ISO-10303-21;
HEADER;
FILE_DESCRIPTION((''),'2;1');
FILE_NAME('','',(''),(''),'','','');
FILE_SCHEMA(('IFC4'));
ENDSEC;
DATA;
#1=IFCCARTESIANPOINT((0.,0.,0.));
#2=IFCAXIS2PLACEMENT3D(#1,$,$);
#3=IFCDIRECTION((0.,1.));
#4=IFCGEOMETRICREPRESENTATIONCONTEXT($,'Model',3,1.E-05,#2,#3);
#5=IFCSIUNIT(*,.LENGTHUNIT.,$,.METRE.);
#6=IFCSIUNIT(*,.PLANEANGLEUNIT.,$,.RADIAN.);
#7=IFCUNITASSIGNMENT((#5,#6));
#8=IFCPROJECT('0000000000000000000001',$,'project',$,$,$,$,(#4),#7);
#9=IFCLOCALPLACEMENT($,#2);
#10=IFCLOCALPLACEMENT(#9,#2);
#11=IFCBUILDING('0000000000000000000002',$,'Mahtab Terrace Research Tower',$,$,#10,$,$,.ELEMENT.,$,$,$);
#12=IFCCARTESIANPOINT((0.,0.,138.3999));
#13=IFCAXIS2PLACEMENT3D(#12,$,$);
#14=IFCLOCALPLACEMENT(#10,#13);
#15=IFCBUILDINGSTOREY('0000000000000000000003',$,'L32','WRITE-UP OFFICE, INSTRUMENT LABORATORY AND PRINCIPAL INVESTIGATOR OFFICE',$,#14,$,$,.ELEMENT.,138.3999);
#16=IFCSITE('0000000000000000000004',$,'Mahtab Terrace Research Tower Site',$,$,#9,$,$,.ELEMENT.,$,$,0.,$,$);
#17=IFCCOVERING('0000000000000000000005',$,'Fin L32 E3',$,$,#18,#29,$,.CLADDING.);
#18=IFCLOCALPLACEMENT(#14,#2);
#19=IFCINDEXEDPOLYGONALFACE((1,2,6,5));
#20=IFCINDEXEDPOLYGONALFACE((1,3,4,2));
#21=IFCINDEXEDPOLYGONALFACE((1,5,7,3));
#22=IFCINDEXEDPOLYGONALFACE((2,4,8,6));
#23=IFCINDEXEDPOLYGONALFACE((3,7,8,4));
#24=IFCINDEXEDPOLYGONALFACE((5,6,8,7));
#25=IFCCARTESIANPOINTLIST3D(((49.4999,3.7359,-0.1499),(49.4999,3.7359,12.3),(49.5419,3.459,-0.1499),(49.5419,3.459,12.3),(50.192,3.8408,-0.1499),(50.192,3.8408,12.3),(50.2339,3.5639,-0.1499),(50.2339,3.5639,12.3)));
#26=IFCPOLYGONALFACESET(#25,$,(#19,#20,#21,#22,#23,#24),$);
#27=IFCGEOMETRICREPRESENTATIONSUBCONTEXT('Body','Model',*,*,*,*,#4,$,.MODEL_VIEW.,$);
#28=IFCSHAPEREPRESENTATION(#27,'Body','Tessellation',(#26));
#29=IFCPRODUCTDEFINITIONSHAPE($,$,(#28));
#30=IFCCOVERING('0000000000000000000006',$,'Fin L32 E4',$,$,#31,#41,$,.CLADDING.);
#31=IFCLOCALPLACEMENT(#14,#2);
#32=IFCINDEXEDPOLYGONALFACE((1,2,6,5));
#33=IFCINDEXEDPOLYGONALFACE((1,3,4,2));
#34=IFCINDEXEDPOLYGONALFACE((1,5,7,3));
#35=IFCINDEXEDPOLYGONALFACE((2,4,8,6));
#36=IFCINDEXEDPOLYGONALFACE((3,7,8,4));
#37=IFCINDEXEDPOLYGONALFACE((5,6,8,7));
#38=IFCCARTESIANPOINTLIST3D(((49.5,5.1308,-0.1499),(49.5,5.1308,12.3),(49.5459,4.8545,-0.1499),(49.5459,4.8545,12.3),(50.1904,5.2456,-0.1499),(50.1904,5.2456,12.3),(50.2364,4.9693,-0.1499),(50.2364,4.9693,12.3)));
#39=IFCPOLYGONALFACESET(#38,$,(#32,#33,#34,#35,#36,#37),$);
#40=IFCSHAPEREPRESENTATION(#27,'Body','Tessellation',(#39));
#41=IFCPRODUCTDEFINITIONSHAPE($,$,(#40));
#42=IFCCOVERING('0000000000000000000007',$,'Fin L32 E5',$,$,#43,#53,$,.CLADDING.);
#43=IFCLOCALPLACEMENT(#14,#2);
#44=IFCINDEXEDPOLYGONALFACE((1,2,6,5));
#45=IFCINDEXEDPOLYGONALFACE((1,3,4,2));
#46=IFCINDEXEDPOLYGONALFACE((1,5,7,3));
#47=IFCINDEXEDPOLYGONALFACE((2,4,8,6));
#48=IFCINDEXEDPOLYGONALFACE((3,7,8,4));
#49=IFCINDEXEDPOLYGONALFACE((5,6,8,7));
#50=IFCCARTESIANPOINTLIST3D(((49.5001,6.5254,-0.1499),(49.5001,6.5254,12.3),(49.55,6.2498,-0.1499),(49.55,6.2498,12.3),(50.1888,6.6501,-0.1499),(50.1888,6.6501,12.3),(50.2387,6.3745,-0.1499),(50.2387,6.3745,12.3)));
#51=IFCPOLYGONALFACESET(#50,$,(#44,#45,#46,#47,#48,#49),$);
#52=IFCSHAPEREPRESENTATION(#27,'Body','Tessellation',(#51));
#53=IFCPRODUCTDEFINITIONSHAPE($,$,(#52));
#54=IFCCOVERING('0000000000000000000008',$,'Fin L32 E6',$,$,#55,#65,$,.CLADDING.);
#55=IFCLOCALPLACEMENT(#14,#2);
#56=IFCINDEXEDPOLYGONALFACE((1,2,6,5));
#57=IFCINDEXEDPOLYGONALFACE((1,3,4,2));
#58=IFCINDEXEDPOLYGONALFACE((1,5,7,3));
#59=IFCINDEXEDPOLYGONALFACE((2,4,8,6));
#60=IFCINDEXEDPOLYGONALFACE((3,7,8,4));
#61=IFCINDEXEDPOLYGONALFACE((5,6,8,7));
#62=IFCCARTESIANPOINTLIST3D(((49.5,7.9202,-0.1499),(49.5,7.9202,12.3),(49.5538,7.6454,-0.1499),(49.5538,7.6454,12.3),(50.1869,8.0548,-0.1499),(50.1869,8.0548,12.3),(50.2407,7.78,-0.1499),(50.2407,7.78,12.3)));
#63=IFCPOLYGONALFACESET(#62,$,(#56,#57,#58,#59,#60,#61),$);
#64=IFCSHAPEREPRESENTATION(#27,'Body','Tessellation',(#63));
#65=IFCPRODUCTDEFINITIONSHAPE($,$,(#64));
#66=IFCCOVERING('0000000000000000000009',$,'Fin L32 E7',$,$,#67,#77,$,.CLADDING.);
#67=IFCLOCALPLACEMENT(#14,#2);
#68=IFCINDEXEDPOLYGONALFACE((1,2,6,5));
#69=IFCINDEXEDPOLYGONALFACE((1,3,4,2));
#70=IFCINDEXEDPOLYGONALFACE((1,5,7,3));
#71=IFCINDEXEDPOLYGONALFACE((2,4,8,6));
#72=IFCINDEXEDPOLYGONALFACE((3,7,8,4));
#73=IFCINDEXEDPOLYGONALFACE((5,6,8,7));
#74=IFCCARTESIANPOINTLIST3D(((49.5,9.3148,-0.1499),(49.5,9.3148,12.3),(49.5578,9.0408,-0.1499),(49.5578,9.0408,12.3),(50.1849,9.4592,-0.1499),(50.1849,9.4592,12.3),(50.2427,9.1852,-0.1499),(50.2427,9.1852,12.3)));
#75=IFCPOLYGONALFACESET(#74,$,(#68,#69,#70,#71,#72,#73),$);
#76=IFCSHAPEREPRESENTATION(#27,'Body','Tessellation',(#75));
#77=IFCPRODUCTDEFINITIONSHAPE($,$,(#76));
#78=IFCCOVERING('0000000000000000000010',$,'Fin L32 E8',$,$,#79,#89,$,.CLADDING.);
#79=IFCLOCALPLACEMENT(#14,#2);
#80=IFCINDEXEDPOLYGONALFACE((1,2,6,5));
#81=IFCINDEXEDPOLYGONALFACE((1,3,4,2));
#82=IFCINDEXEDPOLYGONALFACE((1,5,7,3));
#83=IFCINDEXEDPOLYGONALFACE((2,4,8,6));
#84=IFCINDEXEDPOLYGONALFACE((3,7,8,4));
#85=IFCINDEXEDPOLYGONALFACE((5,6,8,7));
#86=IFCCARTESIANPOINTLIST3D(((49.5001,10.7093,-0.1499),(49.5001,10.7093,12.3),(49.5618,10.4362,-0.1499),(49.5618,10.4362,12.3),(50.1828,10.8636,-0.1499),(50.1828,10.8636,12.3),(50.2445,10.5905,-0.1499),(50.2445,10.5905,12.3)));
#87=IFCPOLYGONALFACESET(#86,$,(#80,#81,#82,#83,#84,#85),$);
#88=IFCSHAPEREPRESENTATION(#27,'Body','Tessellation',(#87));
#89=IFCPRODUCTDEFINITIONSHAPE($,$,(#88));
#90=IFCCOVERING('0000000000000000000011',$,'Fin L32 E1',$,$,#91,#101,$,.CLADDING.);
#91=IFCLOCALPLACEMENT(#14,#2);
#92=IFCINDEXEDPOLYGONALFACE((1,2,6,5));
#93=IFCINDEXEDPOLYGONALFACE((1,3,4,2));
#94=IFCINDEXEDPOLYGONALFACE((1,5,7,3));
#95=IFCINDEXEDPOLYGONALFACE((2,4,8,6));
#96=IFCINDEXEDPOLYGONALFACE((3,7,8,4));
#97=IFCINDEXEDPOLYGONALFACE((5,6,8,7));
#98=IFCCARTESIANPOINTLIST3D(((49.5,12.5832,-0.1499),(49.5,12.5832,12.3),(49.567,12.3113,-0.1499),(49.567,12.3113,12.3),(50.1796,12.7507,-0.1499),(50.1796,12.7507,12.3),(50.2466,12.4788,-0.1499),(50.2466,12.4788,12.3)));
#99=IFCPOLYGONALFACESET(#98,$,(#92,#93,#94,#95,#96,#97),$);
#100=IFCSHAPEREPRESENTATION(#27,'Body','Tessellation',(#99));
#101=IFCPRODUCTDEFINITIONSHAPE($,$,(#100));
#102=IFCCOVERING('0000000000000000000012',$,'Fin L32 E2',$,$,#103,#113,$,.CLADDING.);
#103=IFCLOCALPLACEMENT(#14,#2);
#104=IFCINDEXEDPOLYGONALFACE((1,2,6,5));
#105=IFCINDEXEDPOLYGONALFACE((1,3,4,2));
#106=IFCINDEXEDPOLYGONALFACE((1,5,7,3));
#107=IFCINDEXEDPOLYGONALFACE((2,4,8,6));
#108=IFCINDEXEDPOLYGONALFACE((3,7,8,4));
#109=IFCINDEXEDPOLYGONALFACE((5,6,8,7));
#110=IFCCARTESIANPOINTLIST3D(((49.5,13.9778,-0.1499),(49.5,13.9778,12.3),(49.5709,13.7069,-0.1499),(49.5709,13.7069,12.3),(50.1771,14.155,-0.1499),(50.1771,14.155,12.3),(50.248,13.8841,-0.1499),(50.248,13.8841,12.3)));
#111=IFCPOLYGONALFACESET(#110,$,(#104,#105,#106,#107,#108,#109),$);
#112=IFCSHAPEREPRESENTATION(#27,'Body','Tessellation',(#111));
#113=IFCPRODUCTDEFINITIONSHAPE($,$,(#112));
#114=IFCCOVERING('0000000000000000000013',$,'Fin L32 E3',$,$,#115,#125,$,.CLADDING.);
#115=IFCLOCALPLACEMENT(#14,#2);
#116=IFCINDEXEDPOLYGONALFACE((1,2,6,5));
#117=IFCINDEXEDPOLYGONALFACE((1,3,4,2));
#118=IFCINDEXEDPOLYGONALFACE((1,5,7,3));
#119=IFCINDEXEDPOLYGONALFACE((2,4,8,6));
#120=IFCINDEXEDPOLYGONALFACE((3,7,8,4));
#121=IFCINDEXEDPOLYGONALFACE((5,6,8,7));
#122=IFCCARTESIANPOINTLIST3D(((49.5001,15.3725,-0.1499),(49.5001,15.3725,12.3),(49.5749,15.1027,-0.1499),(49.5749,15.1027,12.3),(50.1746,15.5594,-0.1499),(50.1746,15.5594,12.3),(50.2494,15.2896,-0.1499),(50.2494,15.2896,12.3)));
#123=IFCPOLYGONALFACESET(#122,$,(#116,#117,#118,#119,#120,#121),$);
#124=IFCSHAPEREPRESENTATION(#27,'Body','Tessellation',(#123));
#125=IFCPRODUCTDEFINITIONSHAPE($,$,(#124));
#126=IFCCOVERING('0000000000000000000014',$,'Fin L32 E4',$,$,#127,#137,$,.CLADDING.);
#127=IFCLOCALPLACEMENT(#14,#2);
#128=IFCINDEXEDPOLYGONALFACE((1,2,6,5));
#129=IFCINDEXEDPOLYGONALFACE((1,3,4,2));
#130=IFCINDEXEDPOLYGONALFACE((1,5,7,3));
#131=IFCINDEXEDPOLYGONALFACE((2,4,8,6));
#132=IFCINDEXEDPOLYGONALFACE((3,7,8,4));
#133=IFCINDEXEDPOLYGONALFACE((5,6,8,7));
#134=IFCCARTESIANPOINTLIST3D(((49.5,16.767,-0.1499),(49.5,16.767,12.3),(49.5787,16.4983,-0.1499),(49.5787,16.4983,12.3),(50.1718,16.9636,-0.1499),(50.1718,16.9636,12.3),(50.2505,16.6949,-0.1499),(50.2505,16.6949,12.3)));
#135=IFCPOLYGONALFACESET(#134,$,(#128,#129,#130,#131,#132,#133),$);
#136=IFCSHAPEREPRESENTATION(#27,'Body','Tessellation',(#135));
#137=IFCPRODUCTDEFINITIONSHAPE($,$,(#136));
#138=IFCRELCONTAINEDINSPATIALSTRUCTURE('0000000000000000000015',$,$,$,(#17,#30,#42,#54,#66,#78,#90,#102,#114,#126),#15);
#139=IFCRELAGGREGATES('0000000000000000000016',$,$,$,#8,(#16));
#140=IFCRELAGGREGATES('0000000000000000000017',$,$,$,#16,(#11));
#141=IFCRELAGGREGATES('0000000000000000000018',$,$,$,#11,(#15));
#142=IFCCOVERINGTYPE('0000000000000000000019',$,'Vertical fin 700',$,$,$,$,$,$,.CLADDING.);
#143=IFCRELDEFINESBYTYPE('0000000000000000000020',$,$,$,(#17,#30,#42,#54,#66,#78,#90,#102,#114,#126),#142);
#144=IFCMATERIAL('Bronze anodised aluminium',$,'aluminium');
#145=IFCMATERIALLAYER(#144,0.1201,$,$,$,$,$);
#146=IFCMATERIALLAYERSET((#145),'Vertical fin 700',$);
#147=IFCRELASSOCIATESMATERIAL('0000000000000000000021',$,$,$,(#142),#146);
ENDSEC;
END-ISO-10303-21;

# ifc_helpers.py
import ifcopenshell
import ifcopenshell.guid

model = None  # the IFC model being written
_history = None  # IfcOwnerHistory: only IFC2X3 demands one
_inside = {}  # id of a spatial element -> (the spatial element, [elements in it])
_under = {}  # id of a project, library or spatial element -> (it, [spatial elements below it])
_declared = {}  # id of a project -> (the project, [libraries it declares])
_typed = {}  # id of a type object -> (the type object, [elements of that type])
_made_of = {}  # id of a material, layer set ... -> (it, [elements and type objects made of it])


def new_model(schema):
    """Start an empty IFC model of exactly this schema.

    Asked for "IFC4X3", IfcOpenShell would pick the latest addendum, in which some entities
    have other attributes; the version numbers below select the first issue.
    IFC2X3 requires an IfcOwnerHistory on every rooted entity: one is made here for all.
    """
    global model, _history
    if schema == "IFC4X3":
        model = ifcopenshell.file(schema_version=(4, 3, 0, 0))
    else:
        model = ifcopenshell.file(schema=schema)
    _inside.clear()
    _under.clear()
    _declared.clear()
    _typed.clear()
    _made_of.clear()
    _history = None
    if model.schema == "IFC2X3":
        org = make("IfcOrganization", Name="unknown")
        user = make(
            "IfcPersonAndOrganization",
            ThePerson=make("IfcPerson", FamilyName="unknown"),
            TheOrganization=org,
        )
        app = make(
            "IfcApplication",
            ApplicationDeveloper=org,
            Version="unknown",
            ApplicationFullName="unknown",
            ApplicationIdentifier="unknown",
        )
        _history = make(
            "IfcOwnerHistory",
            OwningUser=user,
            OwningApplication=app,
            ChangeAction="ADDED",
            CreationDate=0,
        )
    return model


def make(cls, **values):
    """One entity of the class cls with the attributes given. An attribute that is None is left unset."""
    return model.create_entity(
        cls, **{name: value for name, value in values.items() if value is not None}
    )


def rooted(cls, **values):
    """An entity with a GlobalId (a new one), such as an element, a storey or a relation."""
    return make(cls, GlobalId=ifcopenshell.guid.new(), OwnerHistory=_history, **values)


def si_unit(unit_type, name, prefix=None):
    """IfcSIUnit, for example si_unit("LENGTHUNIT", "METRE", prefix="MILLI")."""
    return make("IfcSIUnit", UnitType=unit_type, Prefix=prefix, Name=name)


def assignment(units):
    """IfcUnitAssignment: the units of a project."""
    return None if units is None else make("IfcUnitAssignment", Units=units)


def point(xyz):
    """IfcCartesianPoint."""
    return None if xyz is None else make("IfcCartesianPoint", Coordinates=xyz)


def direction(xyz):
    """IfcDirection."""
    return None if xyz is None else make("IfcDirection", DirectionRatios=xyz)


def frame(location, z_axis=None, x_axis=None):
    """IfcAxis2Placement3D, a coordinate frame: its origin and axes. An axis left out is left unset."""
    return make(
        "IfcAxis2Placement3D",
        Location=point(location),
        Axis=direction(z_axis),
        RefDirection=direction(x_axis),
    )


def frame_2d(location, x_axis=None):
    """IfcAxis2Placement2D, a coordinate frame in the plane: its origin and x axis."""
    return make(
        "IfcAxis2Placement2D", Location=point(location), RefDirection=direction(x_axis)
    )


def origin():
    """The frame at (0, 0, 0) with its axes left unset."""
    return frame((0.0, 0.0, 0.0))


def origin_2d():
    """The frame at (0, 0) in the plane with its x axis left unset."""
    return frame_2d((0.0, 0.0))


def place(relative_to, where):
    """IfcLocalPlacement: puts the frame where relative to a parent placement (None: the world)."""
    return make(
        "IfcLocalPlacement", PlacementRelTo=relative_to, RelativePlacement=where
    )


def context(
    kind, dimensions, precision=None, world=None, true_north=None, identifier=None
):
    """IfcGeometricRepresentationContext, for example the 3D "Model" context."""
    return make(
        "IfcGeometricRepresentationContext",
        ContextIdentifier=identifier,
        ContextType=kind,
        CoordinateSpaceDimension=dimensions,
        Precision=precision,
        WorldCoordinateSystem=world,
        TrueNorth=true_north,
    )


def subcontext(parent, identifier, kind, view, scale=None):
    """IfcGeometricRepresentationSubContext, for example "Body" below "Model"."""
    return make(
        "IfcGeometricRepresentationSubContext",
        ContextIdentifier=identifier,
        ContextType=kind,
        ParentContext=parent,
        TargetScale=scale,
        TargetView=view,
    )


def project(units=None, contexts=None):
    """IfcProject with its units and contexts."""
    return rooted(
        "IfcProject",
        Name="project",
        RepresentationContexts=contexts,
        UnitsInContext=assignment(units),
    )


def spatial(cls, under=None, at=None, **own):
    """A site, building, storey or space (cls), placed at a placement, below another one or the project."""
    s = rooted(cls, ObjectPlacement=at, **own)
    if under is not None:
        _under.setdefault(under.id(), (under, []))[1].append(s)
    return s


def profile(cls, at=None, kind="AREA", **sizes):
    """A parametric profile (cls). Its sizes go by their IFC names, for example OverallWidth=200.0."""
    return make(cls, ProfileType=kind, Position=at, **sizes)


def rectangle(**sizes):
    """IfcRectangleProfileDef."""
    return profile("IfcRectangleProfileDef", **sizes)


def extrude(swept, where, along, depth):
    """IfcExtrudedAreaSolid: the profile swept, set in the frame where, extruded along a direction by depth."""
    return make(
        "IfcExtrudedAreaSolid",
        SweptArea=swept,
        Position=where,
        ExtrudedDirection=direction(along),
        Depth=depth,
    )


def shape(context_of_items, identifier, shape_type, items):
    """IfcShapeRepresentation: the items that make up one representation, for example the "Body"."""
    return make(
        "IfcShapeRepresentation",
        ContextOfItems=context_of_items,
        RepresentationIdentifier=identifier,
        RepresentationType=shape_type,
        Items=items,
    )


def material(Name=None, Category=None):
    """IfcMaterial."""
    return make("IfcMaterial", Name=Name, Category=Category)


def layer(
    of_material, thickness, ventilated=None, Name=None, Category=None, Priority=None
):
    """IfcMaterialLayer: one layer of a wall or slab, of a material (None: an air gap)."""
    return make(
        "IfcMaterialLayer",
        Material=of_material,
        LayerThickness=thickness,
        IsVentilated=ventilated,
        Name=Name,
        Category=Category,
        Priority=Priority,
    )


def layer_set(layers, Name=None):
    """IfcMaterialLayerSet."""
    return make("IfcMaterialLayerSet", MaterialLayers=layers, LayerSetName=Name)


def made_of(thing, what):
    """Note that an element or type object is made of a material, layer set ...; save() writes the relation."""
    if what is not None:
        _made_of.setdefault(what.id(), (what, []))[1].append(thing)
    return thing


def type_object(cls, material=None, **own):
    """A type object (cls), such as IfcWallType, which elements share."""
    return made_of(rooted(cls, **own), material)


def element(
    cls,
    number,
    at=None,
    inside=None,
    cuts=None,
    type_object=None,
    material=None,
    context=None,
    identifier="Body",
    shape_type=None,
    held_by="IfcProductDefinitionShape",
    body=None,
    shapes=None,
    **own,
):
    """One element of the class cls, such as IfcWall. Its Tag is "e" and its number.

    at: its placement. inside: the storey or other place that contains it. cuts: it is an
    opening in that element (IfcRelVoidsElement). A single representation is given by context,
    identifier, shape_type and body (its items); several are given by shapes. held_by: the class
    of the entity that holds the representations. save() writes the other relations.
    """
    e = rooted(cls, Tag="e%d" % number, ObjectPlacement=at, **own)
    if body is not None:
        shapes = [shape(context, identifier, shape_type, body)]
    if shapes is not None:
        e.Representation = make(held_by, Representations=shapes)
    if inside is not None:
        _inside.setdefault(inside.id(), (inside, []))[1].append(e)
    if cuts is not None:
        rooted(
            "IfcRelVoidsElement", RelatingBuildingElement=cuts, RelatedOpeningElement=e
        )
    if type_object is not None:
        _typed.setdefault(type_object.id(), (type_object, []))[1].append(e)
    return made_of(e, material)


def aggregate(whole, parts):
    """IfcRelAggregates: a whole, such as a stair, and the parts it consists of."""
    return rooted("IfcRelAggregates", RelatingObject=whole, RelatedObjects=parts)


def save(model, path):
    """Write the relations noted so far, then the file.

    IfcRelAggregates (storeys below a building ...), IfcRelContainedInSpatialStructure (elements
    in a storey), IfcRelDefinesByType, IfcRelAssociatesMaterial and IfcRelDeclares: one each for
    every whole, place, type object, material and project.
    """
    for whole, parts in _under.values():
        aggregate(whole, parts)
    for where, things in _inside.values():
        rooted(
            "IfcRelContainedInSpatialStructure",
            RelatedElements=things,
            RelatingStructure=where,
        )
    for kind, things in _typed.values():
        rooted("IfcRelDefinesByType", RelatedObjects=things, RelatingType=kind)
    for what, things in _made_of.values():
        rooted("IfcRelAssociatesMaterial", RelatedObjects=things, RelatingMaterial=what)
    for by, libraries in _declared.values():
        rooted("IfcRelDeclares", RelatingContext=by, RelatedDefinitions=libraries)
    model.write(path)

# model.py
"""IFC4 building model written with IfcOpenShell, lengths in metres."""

from ifc_helpers import new_model, si_unit, direction, frame, origin, origin_2d, place, context, subcontext, project, spatial, rectangle, extrude, material, layer, layer_set, type_object, element, save


model = new_model("IFC4")

# Units and contexts
model_context = context("Model", 3, precision=1e-05, world=origin(), true_north=direction((0.0, 1.0)))
body_context = subcontext(model_context, "Body", "Model", "MODEL_VIEW")
ifc_project = project(units=[si_unit("LENGTHUNIT", "METRE"), si_unit("PLANEANGLEUNIT", "RADIAN")], contexts=[model_context])

# Site, building, storey
site_placement = place(None, origin())
site = spatial("IfcSite", under=ifc_project, at=site_placement, Name="Mahtab Terrace Research Tower Site", CompositionType="ELEMENT", RefElevation=0.0)
building_placement = place(site_placement, origin())
building = spatial("IfcBuilding", under=site, at=building_placement, Name="Mahtab Terrace Research Tower", CompositionType="ELEMENT")
storey_placement = place(building_placement, frame((0.0, 0.0, 138.3999)))
storey = spatial("IfcBuildingStorey", under=building, at=storey_placement, Name="L32", Description="WRITE-UP OFFICE, INSTRUMENT LABORATORY AND PRINCIPAL INVESTIGATOR OFFICE", CompositionType="ELEMENT", Elevation=138.3999)

# Coverings
ifc_material_1 = material(Name="Bronze anodised aluminium", Category="aluminium")
ifc_layer_1 = layer(ifc_material_1, 0.1201)
ifc_layer_set_1 = layer_set([ifc_layer_1], Name="Vertical fin 700")
covering_type = type_object("IfcCoveringType", Name="Vertical fin 700", PredefinedType="CLADDING", material=ifc_layer_set_1)
for number, where, z_axis, x_axis, name in (
    (1, (49.8669, 3.6499, -0.1499), (0.0, 0.0, 1.0), (-0.14984, 0.98871, 0.0), "Fin L32 E3"),
    (2, (49.8682, 5.05, -0.1499), (0.0, 0.0, 1.0), (-0.164035, 0.986455, 0.0), "Fin L32 E4"),
    (3, (49.8694, 6.45, -0.1499), (0.0, 0.0, 1.0), (-0.178196, 0.983995, 0.0), "Fin L32 E5"),
    (4, (49.8704, 7.8501, -0.1499), (0.0, 0.0, 1.0), (-0.19232, 0.981332, 0.0), "Fin L32 E6"),
    (5, (49.8713, 9.25, -0.1499), (0.0, 0.0, 1.0), (-0.206405, 0.978467, 0.0), "Fin L32 E7"),
    (6, (49.8723, 10.6499, -0.1499), (0.0, 0.0, 1.0), (-0.220447, 0.975399, 0.0), "Fin L32 E8"),
    (7, (49.8733, 12.531, -0.1499), (0.0, 0.0, 1.0), (-0.239241, 0.97096, 0.0), "Fin L32 E1"),
    (8, (49.874, 13.9309, -0.1499), (0.0, 0.0, 1.0), (-0.253172, 0.967421, 0.0), "Fin L32 E2"),
    (9, (49.8748, 15.3311, -0.1499), (0.0, 0.0, 1.0), (-0.26705, 0.963683, 0.0), "Fin L32 E3"),
    (10, (49.8752, 16.731, -0.1499), (0.0, 0.0, 1.0), (-0.280874, 0.959745, 0.0), "Fin L32 E4"),
):
    element("IfcCovering", number, at=place(storey_placement, frame(where, z_axis=z_axis, x_axis=x_axis)), inside=storey, type_object=covering_type, Name=name, PredefinedType="CLADDING", context=body_context, shape_type="SweptSolid", body=[
        extrude(rectangle(XDim=0.28, YDim=0.7, at=origin_2d()), origin(), (0.0, 0.0, 1.0), 12.45),
    ])

save(model, "model.ifc")
